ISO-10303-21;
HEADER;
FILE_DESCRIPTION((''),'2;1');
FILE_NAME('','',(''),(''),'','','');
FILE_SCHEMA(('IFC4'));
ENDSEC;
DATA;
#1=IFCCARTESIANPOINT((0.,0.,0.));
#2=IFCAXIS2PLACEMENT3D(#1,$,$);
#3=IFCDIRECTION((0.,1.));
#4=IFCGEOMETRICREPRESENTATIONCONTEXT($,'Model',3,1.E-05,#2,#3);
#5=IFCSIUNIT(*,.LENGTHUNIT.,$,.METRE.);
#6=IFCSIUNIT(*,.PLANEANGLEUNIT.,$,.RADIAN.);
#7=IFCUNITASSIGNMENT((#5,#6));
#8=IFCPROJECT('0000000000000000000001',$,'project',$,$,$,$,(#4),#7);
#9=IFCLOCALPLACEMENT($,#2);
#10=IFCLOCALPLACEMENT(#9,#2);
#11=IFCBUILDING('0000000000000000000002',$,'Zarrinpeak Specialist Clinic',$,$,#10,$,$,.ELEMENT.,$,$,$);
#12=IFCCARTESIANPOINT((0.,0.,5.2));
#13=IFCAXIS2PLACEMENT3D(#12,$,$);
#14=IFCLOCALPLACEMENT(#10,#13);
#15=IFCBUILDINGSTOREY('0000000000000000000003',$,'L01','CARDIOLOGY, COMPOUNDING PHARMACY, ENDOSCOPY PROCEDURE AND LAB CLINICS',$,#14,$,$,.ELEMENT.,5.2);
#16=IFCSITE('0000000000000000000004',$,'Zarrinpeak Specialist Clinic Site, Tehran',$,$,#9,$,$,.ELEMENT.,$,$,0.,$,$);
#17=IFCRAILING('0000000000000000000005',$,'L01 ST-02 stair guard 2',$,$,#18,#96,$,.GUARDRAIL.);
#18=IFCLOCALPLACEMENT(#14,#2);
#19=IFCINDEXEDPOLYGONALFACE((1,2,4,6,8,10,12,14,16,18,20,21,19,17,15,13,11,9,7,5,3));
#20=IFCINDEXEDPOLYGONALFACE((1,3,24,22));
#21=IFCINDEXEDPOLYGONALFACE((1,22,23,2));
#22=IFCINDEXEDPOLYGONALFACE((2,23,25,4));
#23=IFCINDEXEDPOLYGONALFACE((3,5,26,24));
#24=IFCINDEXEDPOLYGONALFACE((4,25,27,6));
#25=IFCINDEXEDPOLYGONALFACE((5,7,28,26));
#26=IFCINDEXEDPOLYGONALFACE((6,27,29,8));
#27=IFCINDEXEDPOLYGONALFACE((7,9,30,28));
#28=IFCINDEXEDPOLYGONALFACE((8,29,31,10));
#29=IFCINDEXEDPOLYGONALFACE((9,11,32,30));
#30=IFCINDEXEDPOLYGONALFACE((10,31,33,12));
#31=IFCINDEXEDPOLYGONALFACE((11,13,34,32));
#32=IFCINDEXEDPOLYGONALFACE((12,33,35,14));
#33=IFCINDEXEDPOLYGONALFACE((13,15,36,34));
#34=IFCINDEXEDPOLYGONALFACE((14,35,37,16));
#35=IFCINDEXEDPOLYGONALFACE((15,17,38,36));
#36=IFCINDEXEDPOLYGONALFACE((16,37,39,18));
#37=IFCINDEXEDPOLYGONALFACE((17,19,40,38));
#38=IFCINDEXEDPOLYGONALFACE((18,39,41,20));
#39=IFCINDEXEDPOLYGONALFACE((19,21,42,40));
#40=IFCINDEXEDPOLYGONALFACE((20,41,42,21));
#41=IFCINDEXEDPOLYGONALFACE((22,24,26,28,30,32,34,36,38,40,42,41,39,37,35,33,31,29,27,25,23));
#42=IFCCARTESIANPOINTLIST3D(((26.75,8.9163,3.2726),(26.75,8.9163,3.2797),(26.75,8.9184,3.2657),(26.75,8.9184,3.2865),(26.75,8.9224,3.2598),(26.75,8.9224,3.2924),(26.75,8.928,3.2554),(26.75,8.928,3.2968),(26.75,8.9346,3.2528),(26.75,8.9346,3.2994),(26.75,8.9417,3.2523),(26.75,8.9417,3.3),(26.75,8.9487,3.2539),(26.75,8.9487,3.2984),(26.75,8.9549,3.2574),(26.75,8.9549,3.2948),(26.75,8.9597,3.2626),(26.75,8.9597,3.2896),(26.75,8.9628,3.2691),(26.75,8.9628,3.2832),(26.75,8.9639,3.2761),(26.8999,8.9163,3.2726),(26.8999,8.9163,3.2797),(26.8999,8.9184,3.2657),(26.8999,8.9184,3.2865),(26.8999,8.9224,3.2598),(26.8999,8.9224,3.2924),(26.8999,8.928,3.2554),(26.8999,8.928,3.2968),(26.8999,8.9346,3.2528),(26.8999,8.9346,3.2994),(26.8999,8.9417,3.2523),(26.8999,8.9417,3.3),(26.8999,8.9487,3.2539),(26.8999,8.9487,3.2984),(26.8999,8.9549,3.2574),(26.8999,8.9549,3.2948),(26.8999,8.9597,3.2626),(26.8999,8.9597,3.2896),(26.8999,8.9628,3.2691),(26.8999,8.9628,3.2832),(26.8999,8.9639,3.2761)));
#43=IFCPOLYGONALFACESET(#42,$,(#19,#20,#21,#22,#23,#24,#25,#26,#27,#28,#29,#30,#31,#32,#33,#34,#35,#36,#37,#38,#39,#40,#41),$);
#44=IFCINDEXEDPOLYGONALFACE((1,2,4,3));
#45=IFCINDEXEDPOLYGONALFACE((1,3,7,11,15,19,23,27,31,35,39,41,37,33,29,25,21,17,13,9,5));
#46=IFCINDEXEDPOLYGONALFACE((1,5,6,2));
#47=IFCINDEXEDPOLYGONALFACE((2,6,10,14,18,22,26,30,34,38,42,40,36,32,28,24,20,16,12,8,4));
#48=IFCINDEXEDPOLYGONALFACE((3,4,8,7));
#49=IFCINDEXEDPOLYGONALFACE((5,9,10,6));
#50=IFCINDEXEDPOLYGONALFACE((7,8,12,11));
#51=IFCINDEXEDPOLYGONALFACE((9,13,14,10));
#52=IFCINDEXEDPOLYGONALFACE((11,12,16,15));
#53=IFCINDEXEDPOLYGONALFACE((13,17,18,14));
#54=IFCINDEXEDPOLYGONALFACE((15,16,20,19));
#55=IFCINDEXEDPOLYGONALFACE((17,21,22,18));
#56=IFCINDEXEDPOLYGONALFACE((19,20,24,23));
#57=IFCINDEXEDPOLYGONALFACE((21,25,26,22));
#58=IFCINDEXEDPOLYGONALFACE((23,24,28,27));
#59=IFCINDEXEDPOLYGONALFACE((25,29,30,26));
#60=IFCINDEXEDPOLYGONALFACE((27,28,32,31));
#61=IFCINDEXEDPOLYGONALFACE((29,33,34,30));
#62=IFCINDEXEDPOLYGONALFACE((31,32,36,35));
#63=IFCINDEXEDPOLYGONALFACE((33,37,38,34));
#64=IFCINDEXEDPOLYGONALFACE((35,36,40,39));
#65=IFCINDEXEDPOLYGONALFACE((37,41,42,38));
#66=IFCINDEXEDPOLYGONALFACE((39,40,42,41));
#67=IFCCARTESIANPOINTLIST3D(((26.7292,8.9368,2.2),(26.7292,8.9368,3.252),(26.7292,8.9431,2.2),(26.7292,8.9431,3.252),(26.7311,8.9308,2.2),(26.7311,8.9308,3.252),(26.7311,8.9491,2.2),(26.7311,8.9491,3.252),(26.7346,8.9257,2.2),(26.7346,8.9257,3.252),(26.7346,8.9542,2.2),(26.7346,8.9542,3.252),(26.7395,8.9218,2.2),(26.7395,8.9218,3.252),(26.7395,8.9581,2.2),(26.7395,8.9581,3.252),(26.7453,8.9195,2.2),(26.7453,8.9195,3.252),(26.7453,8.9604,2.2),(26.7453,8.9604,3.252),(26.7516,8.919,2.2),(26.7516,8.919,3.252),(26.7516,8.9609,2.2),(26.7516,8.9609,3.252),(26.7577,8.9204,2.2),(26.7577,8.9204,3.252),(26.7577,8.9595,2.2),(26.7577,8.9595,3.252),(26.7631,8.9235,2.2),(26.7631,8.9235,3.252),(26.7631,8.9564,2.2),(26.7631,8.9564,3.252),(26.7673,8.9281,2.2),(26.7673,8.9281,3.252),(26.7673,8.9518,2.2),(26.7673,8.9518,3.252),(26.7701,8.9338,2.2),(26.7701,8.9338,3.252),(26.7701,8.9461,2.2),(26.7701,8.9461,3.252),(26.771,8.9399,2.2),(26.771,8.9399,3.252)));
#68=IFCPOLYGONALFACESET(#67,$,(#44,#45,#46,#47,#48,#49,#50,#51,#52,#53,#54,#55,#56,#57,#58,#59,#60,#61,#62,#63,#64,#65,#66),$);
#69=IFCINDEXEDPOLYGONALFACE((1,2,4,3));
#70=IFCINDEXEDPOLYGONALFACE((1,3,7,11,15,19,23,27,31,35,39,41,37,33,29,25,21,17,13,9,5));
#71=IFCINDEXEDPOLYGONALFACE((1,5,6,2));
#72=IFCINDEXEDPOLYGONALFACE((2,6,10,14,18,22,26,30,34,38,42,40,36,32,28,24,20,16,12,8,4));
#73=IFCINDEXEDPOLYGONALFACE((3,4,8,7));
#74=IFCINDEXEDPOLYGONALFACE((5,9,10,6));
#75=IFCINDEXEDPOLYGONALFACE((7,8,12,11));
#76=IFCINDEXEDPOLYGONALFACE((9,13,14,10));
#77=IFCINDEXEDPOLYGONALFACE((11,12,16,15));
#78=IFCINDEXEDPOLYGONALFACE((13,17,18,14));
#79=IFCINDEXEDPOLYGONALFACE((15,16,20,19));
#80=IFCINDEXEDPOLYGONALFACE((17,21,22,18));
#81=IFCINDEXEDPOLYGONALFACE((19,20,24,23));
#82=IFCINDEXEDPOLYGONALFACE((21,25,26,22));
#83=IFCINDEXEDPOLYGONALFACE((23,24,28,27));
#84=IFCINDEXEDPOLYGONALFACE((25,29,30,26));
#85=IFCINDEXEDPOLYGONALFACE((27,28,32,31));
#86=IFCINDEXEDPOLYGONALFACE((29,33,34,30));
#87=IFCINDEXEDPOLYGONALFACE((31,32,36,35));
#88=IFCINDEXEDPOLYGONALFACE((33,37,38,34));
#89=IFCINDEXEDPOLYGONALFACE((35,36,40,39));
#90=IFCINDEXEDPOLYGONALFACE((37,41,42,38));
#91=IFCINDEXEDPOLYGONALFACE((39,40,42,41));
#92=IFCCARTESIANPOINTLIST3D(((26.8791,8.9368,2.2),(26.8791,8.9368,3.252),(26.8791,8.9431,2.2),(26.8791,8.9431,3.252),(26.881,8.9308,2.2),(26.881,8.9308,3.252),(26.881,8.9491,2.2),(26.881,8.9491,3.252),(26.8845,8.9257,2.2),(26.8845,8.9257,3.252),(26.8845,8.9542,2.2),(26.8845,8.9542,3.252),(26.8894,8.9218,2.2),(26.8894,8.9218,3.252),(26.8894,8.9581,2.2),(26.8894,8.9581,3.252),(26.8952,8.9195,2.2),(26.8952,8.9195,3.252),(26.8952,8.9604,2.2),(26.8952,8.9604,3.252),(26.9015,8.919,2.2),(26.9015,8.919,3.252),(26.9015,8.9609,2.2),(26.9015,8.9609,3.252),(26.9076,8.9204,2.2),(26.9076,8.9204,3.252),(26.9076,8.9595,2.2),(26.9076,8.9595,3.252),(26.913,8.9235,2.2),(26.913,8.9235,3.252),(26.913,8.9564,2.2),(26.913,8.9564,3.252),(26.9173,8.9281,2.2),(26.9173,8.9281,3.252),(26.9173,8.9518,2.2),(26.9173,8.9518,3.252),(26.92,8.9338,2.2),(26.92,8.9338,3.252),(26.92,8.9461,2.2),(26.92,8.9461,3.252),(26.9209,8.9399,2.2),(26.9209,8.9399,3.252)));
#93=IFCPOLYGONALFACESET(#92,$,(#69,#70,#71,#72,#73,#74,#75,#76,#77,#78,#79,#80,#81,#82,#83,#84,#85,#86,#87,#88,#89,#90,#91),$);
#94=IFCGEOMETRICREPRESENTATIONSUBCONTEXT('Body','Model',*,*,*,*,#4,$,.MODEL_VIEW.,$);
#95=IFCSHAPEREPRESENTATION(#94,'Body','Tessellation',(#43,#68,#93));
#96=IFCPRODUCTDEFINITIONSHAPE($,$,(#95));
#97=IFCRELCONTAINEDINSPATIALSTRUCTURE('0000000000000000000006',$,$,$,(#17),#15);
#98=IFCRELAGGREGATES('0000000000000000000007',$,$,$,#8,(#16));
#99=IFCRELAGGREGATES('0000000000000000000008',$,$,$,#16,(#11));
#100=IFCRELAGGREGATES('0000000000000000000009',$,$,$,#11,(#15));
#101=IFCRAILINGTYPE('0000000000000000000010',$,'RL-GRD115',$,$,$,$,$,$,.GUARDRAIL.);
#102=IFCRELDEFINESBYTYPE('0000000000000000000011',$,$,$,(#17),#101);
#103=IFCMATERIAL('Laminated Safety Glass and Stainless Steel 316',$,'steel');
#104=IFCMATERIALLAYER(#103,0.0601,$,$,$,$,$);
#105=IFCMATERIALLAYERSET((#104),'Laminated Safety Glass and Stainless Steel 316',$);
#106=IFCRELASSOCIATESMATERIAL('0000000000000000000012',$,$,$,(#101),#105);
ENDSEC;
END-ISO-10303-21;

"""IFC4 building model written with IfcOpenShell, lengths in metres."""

from ifc_helpers import new_model, si_unit, direction, frame, origin, origin_2d, place, context, subcontext, project, spatial, circle, extrude, material, layer, layer_set, type_object, element, save


model = new_model("IFC4")

# Units and contexts
model_context = context("Model", 3, precision=1e-05, world=origin(), true_north=direction((0.0, 1.0)))
body_context = subcontext(model_context, "Body", "Model", "MODEL_VIEW")
ifc_project = project(units=[si_unit("LENGTHUNIT", "METRE"), si_unit("PLANEANGLEUNIT", "RADIAN")], contexts=[model_context])

# Site, building, storey
site_placement = place(None, origin())
site = spatial("IfcSite", under=ifc_project, at=site_placement, Name="Zarrinpeak Specialist Clinic Site, Tehran", CompositionType="ELEMENT", RefElevation=0.0)
building_placement = place(site_placement, origin())
building = spatial("IfcBuilding", under=site, at=building_placement, Name="Zarrinpeak Specialist Clinic", CompositionType="ELEMENT")
storey_placement = place(building_placement, frame((0.0, 0.0, 5.2)))
storey = spatial("IfcBuildingStorey", under=building, at=storey_placement, Name="L01", Description="CARDIOLOGY, COMPOUNDING PHARMACY, ENDOSCOPY PROCEDURE AND LAB CLINICS", CompositionType="ELEMENT", Elevation=5.2)

# Railing
ifc_material_1 = material(Name="Laminated Safety Glass and Stainless Steel 316", Category="steel")
ifc_layer_1 = layer(ifc_material_1, 0.0601)
ifc_layer_set_1 = layer_set([ifc_layer_1], Name="Laminated Safety Glass and Stainless Steel 316")
railing_type_1 = type_object("IfcRailingType", Name="RL-GRD115", PredefinedType="GUARDRAIL", material=ifc_layer_set_1)
railing_1_placement = place(storey_placement, frame((26.75, 8.9399, 2.2)))
element("IfcRailing", 1, at=railing_1_placement, inside=storey, type_object=railing_type_1, Name="L01 ST-02 stair guard 2", PredefinedType="GUARDRAIL", context=body_context, shape_type="SweptSolid", body=[
    extrude(circle(Radius=0.0239, at=origin_2d()), frame((0.0, 0.0, 1.0762), z_axis=(1.0, 0.0, 0.0), x_axis=(0.0, 1.0, 0.0)), (0.0, 0.0, 1.0), 0.1499),
    extrude(circle(Radius=0.021, at=origin_2d()), origin(), (0.0, 0.0, 1.0), 1.052),
    extrude(circle(Radius=0.021, at=origin_2d()), frame((0.1499, 0.0, 0.0)), (0.0, 0.0, 1.0), 1.052),
])

save(model, "model.ifc")
